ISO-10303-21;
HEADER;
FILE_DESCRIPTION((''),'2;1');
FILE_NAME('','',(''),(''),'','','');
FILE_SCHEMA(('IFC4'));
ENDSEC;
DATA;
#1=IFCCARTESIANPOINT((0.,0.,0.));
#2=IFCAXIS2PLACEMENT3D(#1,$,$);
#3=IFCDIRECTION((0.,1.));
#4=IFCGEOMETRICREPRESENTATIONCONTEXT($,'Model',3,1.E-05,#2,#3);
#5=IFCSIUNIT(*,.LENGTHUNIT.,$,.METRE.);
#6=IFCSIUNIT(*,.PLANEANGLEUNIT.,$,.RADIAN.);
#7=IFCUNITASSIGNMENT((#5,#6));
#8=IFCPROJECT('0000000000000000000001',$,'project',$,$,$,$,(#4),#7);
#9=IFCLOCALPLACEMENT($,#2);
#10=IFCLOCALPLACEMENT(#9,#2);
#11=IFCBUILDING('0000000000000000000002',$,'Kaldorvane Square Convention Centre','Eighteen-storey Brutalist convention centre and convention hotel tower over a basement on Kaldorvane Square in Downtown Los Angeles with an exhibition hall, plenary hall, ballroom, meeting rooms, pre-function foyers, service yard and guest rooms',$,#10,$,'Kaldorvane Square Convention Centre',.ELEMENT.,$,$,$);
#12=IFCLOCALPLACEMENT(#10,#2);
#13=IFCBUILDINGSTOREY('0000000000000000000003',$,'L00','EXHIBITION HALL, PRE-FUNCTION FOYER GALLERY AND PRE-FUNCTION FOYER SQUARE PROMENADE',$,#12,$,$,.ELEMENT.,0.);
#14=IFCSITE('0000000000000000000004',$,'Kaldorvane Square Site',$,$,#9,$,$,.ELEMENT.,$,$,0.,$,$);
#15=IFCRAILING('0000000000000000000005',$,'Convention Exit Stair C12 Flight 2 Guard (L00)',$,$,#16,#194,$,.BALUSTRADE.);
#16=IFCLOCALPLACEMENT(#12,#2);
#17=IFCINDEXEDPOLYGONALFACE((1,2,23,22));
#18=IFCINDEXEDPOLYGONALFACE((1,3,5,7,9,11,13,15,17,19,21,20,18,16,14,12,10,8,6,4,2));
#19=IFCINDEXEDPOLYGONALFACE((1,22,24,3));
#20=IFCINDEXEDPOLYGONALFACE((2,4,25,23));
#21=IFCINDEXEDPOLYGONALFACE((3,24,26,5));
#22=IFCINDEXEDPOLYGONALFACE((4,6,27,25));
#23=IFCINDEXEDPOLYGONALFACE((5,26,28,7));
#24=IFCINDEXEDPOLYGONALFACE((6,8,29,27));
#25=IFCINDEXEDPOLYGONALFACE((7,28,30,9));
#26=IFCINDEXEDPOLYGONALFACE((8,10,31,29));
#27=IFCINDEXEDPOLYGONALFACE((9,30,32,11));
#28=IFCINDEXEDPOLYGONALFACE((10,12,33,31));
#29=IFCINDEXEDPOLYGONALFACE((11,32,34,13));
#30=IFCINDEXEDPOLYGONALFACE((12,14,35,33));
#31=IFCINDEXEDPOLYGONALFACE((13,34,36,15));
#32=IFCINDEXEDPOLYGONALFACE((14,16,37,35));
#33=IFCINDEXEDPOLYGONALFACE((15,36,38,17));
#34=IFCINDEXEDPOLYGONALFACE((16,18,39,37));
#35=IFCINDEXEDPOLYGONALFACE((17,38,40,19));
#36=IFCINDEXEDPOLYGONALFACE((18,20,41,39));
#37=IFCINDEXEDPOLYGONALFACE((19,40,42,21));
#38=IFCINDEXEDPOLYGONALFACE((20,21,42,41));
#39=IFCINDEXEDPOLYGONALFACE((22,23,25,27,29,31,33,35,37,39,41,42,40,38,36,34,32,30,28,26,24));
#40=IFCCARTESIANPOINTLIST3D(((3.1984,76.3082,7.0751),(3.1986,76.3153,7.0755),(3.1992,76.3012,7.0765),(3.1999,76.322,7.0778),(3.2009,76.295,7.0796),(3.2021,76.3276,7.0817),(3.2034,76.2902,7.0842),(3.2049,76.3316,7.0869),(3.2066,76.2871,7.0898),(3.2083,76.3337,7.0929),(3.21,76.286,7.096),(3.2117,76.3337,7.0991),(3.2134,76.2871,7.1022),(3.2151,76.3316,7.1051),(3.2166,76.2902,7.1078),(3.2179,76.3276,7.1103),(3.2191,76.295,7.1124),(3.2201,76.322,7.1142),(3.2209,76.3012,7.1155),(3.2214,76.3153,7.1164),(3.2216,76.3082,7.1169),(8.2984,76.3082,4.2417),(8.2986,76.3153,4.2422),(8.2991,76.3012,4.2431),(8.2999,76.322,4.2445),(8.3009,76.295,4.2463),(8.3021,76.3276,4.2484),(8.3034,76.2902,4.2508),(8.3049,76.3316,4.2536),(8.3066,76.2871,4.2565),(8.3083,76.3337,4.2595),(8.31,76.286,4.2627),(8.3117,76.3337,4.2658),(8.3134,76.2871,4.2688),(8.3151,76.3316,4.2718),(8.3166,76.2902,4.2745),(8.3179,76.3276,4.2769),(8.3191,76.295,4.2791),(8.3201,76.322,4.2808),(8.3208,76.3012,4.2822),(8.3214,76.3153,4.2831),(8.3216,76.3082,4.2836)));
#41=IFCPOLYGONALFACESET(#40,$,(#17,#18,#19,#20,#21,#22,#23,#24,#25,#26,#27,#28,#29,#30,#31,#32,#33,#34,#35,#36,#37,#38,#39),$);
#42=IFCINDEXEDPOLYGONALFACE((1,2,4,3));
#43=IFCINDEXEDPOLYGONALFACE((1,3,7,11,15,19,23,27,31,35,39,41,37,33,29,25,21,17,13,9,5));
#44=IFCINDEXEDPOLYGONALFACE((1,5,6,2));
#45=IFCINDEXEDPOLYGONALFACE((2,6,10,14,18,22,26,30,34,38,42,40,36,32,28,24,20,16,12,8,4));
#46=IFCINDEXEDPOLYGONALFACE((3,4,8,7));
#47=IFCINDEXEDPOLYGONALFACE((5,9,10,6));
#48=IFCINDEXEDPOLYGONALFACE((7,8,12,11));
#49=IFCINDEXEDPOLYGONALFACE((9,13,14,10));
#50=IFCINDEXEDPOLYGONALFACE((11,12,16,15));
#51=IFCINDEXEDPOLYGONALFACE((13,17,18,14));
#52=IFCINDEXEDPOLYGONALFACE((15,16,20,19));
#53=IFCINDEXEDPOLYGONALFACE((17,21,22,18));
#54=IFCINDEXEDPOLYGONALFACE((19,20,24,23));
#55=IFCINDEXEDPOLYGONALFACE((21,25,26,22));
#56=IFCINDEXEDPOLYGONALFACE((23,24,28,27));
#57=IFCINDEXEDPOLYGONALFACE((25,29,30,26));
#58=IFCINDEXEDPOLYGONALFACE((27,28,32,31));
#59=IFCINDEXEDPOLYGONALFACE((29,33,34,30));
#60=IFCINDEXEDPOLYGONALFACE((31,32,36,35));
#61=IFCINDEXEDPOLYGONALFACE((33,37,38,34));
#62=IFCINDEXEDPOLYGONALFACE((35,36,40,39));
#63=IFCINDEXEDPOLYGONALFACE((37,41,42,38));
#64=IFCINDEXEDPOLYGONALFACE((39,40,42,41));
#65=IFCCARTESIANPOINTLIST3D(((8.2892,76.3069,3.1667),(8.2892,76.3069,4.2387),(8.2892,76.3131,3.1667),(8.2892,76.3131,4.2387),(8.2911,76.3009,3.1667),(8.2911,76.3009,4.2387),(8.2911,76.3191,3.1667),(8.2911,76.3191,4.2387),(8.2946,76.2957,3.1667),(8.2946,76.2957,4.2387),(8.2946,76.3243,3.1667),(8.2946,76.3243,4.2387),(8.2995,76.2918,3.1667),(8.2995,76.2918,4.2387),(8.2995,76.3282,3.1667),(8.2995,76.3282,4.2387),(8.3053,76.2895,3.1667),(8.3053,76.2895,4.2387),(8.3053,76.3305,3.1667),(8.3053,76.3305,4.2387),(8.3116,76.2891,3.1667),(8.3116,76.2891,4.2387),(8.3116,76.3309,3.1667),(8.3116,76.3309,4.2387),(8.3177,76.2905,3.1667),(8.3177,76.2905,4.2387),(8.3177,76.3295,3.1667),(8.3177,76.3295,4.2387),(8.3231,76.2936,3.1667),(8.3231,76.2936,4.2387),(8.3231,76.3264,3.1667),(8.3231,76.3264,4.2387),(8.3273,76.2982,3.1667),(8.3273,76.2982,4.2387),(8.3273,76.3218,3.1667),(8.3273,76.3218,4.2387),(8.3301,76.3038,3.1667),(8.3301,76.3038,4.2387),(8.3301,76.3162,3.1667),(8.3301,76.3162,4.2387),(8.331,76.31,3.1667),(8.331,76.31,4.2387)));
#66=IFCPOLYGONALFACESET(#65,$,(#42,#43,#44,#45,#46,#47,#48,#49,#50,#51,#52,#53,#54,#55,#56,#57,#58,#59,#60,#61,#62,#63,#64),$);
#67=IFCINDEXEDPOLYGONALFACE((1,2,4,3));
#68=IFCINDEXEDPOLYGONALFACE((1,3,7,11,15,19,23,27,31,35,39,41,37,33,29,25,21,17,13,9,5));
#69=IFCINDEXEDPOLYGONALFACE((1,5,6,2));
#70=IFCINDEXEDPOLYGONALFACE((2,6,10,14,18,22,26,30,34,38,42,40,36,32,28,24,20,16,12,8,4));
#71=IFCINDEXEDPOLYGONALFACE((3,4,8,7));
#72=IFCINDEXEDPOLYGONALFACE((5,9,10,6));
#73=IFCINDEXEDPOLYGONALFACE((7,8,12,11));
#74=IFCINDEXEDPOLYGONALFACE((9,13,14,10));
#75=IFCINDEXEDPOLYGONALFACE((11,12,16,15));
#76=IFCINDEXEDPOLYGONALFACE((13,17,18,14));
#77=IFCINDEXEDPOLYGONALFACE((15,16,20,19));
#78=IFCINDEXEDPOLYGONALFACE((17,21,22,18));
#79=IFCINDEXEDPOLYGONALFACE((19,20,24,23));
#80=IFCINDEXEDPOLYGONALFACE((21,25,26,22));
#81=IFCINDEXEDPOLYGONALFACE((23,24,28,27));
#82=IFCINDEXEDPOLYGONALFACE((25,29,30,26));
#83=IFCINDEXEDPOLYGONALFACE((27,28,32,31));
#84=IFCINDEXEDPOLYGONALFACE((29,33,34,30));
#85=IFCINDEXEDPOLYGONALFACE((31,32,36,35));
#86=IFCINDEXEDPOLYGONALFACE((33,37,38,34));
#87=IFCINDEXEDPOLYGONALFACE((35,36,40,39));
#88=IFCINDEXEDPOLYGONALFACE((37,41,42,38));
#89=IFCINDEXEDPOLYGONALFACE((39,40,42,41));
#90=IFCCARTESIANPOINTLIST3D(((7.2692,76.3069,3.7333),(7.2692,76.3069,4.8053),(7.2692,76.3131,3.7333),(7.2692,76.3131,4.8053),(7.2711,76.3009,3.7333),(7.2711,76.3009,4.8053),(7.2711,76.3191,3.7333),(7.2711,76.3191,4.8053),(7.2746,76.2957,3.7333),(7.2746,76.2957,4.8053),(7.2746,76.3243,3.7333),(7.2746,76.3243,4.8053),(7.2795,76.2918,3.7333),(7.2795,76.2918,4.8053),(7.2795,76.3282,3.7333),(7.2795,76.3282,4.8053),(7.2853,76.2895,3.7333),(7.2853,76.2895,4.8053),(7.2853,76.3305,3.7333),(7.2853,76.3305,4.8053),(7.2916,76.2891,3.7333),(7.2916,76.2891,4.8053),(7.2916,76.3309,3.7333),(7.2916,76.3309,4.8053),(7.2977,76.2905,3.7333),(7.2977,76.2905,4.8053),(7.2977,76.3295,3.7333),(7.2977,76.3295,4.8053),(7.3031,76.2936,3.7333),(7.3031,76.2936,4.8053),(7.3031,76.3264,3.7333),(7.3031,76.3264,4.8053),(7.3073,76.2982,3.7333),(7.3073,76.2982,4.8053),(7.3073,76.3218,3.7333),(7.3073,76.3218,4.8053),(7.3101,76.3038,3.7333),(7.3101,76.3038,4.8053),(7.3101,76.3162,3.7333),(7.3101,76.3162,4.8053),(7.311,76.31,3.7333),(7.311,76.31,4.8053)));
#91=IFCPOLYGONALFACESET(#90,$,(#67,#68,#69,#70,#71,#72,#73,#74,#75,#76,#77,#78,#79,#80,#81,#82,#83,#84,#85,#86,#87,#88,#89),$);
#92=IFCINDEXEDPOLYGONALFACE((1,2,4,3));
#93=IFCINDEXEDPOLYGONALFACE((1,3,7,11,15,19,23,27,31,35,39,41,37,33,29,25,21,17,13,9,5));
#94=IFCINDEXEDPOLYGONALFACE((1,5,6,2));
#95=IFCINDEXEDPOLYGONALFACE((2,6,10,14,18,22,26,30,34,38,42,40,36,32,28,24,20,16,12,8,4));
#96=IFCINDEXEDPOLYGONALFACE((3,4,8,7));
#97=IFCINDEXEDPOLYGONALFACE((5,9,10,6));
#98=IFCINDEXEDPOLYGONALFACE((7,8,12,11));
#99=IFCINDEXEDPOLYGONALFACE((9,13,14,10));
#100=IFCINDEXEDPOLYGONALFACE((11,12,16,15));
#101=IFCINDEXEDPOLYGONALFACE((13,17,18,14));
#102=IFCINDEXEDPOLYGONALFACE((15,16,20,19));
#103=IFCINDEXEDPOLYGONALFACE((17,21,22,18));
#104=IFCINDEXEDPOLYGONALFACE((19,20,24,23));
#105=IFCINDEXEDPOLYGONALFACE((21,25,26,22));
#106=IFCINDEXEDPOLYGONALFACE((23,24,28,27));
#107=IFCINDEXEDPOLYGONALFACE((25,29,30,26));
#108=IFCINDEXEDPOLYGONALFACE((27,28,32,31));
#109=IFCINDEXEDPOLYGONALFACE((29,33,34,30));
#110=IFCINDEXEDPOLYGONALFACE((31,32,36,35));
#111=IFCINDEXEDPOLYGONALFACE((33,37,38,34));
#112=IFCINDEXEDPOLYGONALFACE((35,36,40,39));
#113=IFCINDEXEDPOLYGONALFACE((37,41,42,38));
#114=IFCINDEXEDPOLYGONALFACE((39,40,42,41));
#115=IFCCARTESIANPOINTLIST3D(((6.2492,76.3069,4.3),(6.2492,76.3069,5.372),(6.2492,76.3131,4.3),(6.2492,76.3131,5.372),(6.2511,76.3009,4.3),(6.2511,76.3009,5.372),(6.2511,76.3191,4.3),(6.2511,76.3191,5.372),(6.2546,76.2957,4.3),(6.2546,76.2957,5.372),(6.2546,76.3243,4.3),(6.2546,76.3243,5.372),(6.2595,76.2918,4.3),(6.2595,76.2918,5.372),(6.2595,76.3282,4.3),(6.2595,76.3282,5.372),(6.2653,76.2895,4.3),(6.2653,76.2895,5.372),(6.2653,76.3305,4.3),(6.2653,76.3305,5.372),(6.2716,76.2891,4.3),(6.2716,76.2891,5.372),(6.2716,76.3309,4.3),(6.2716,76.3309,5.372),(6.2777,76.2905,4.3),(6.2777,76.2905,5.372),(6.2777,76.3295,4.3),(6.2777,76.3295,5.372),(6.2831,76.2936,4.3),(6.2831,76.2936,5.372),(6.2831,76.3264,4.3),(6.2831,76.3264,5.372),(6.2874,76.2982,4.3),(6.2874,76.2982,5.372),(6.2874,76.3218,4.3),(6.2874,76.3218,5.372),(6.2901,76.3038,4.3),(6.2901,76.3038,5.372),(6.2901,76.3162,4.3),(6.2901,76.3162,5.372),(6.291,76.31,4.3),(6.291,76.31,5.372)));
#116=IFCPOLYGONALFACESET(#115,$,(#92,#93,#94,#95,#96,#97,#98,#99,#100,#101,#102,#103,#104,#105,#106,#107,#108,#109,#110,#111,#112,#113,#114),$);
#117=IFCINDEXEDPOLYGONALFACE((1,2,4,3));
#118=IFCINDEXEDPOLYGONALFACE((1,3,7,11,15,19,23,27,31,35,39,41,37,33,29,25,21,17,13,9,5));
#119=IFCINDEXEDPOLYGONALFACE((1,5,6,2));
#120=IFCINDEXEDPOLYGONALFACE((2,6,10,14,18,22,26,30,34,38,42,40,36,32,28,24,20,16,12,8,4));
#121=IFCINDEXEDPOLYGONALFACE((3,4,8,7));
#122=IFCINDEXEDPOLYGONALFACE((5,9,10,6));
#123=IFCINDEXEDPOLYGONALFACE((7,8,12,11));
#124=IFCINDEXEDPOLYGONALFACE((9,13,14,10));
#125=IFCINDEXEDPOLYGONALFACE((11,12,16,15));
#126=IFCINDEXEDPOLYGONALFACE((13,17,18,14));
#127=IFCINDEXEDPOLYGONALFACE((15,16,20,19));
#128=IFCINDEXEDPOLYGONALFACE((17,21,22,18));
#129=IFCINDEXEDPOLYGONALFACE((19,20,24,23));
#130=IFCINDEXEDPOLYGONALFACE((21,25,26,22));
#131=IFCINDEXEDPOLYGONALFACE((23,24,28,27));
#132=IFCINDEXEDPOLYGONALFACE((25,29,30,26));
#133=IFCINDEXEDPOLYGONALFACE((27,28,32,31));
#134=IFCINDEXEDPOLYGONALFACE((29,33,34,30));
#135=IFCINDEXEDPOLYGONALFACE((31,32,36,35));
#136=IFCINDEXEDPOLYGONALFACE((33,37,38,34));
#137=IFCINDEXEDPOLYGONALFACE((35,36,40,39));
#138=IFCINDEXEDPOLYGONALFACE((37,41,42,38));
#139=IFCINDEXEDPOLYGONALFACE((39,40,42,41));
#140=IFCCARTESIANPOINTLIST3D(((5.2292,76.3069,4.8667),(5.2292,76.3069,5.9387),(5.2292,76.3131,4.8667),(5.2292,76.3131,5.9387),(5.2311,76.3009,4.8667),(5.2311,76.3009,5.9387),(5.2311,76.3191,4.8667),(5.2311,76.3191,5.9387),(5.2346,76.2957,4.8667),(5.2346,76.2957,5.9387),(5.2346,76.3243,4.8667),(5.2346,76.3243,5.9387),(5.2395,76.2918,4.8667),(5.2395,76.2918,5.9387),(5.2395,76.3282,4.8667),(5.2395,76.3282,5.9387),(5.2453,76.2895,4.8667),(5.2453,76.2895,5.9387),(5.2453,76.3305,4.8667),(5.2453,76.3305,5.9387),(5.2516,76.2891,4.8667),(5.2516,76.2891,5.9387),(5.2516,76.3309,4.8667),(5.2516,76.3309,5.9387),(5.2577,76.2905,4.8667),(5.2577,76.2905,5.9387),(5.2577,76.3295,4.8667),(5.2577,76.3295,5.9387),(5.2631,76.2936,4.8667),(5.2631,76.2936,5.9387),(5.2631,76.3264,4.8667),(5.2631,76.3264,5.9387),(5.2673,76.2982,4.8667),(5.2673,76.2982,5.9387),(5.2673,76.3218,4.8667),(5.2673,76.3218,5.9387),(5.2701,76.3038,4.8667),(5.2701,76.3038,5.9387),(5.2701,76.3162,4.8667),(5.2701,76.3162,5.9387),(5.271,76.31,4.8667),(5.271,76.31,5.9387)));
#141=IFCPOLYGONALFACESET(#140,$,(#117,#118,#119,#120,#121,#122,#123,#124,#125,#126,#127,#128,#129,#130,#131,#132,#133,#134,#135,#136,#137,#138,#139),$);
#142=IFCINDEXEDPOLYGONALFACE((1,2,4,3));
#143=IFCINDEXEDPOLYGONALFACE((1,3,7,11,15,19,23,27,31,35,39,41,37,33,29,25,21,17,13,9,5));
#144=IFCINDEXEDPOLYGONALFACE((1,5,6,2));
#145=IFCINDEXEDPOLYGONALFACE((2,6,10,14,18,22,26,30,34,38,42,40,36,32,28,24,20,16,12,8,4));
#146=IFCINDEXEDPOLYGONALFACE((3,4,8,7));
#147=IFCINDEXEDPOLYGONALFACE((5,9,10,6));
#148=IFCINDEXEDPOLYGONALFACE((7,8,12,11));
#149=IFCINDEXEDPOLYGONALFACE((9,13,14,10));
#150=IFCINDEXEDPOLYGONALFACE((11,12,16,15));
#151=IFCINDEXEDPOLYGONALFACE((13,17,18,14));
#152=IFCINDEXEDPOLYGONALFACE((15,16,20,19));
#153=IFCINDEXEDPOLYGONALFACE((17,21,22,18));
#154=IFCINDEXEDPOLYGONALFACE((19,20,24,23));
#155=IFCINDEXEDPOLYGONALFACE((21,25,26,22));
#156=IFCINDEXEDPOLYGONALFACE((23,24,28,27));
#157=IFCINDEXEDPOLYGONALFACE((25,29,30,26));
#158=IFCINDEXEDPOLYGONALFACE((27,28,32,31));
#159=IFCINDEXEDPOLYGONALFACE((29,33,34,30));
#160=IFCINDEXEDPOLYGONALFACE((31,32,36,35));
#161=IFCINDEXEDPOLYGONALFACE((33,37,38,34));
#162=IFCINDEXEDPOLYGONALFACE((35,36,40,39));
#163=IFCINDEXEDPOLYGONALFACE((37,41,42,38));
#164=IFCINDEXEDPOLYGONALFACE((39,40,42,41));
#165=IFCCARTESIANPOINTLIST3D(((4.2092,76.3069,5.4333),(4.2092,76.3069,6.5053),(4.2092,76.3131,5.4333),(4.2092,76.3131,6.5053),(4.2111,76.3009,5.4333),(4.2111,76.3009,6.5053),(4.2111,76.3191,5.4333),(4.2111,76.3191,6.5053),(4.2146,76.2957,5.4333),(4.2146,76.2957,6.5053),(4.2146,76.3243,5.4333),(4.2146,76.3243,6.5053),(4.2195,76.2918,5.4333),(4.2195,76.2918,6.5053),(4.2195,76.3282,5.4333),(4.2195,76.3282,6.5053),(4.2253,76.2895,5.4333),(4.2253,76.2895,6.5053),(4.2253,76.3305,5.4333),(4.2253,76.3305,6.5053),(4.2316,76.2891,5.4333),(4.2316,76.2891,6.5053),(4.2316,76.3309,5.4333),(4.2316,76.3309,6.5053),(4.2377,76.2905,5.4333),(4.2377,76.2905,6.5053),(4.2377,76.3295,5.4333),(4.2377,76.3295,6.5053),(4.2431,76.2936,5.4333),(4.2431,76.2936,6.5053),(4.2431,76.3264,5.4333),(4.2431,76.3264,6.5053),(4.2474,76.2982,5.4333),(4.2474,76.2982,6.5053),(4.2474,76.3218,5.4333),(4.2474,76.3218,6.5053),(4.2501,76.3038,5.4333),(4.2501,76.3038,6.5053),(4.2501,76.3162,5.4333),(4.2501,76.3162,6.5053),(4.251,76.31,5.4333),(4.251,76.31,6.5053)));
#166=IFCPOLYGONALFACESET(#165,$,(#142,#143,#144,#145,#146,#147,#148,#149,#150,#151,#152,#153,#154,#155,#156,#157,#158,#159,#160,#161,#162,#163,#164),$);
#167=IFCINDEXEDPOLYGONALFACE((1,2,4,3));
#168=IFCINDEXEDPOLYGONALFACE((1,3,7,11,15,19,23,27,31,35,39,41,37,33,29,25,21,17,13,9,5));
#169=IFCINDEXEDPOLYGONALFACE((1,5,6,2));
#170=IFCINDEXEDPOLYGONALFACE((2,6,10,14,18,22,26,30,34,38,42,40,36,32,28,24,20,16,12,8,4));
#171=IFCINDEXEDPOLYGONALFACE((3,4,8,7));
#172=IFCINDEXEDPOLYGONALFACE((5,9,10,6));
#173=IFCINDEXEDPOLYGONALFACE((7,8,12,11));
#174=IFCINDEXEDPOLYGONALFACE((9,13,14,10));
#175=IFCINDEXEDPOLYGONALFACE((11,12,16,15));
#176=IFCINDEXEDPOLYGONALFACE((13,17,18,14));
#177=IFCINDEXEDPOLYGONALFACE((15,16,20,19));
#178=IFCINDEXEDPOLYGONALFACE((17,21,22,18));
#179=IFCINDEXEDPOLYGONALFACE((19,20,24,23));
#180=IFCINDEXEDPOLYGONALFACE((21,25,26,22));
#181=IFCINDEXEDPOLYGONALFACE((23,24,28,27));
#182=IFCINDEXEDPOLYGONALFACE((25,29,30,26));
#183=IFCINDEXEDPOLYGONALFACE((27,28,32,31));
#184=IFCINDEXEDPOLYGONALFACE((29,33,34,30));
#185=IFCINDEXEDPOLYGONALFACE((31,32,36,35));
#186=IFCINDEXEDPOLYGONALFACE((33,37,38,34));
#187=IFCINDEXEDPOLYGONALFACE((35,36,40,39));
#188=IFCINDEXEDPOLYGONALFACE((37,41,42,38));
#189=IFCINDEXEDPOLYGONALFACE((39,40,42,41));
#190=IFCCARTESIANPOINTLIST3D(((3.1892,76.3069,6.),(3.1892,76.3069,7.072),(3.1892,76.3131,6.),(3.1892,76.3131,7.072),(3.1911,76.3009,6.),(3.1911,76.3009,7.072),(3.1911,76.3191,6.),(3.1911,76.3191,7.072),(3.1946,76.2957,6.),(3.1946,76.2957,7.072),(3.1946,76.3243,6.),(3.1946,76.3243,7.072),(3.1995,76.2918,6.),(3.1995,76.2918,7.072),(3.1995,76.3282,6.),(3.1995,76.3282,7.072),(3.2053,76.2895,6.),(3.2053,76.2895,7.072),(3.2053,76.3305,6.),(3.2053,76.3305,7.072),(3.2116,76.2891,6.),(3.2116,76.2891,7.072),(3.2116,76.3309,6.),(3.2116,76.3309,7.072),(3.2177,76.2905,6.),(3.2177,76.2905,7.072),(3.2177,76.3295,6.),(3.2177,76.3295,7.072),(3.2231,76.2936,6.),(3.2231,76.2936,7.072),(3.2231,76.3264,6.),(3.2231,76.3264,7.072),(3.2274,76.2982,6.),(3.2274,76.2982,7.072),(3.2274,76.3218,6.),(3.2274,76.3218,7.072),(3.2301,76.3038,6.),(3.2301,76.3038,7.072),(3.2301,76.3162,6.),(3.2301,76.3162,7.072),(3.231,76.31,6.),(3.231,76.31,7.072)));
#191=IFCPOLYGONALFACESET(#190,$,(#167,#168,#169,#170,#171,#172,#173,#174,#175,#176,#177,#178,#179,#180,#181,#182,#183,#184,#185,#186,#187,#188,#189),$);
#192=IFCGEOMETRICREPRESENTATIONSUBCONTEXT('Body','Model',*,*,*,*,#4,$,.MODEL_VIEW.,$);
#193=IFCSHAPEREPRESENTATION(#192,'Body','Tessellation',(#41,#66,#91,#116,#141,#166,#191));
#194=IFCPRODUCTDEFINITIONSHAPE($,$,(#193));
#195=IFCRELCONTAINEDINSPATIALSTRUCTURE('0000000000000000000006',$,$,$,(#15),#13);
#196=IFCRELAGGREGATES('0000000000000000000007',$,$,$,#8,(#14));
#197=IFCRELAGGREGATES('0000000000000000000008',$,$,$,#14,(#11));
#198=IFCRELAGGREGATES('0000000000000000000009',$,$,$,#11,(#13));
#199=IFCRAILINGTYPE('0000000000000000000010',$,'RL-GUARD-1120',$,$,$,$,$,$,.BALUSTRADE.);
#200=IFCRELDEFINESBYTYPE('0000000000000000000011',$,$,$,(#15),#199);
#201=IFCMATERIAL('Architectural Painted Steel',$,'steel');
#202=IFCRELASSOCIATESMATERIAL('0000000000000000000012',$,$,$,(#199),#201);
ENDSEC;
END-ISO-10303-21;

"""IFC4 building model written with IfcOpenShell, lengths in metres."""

from ifc_helpers import new_model, si_unit, direction, frame, origin, origin_2d, place, context, subcontext, project, spatial, circle, extrude, material, type_object, element, save


model = new_model("IFC4")

# Units and contexts
model_context = context("Model", 3, precision=1e-05, world=origin(), true_north=direction((0.0, 1.0)))
body_context = subcontext(model_context, "Body", "Model", "MODEL_VIEW")
ifc_project = project(units=[si_unit("LENGTHUNIT", "METRE"), si_unit("PLANEANGLEUNIT", "RADIAN")], contexts=[model_context])

# Site, building, storey
site_placement = place(None, origin())
site = spatial("IfcSite", under=ifc_project, at=site_placement, Name="Kaldorvane Square Site", CompositionType="ELEMENT", RefElevation=0.0)
building_placement = place(site_placement, origin())
building = spatial("IfcBuilding", under=site, at=building_placement, Name="Kaldorvane Square Convention Centre", Description="Eighteen-storey Brutalist convention centre and convention hotel tower over a basement on Kaldorvane Square in Downtown Los Angeles with an exhibition hall, plenary hall, ballroom, meeting rooms, pre-function foyers, service yard and guest rooms", LongName="Kaldorvane Square Convention Centre", CompositionType="ELEMENT")
storey_placement = place(building_placement, origin())
storey = spatial("IfcBuildingStorey", under=building, at=storey_placement, Name="L00", Description="EXHIBITION HALL, PRE-FUNCTION FOYER GALLERY AND PRE-FUNCTION FOYER SQUARE PROMENADE", CompositionType="ELEMENT", Elevation=0.0)

# Railing
ifc_material_1 = material(Name="Architectural Painted Steel", Category="steel")
railing_type_1 = type_object("IfcRailingType", Name="RL-GUARD-1120", PredefinedType="BALUSTRADE", material=ifc_material_1)
railing_1_placement = place(storey_placement, frame((8.31, 76.31, 3.1667)))
element("IfcRailing", 1, at=railing_1_placement, inside=storey, type_object=railing_type_1, Name="Convention Exit Stair C12 Flight 2 Guard (L00)", PredefinedType="BALUSTRADE", context=body_context, shape_type="SweptSolid", body=[
    extrude(circle(Radius=0.024, at=origin_2d()), frame((0.0, 0.0, 1.096), z_axis=(-0.874157, 0.0, 0.485643), x_axis=(0.0, -1.0, 0.0)), (0.0, 0.0, 1.0), 5.8342),
    extrude(circle(Radius=0.021, at=origin_2d()), origin(), (0.0, 0.0, 1.0), 1.072),
    extrude(circle(Radius=0.021, at=origin_2d()), frame((-1.02, 0.0, 0.5667)), (0.0, 0.0, 1.0), 1.072),
    extrude(circle(Radius=0.021, at=origin_2d()), frame((-2.04, 0.0, 1.1333)), (0.0, 0.0, 1.0), 1.072),
    extrude(circle(Radius=0.021, at=origin_2d()), frame((-3.06, 0.0, 1.7)), (0.0, 0.0, 1.0), 1.072),
    extrude(circle(Radius=0.021, at=origin_2d()), frame((-4.08, 0.0, 2.2667)), (0.0, 0.0, 1.0), 1.072),
    extrude(circle(Radius=0.021, at=origin_2d()), frame((-5.1, 0.0, 2.8333)), (0.0, 0.0, 1.0), 1.072),
])

save(model, "model.ifc")
